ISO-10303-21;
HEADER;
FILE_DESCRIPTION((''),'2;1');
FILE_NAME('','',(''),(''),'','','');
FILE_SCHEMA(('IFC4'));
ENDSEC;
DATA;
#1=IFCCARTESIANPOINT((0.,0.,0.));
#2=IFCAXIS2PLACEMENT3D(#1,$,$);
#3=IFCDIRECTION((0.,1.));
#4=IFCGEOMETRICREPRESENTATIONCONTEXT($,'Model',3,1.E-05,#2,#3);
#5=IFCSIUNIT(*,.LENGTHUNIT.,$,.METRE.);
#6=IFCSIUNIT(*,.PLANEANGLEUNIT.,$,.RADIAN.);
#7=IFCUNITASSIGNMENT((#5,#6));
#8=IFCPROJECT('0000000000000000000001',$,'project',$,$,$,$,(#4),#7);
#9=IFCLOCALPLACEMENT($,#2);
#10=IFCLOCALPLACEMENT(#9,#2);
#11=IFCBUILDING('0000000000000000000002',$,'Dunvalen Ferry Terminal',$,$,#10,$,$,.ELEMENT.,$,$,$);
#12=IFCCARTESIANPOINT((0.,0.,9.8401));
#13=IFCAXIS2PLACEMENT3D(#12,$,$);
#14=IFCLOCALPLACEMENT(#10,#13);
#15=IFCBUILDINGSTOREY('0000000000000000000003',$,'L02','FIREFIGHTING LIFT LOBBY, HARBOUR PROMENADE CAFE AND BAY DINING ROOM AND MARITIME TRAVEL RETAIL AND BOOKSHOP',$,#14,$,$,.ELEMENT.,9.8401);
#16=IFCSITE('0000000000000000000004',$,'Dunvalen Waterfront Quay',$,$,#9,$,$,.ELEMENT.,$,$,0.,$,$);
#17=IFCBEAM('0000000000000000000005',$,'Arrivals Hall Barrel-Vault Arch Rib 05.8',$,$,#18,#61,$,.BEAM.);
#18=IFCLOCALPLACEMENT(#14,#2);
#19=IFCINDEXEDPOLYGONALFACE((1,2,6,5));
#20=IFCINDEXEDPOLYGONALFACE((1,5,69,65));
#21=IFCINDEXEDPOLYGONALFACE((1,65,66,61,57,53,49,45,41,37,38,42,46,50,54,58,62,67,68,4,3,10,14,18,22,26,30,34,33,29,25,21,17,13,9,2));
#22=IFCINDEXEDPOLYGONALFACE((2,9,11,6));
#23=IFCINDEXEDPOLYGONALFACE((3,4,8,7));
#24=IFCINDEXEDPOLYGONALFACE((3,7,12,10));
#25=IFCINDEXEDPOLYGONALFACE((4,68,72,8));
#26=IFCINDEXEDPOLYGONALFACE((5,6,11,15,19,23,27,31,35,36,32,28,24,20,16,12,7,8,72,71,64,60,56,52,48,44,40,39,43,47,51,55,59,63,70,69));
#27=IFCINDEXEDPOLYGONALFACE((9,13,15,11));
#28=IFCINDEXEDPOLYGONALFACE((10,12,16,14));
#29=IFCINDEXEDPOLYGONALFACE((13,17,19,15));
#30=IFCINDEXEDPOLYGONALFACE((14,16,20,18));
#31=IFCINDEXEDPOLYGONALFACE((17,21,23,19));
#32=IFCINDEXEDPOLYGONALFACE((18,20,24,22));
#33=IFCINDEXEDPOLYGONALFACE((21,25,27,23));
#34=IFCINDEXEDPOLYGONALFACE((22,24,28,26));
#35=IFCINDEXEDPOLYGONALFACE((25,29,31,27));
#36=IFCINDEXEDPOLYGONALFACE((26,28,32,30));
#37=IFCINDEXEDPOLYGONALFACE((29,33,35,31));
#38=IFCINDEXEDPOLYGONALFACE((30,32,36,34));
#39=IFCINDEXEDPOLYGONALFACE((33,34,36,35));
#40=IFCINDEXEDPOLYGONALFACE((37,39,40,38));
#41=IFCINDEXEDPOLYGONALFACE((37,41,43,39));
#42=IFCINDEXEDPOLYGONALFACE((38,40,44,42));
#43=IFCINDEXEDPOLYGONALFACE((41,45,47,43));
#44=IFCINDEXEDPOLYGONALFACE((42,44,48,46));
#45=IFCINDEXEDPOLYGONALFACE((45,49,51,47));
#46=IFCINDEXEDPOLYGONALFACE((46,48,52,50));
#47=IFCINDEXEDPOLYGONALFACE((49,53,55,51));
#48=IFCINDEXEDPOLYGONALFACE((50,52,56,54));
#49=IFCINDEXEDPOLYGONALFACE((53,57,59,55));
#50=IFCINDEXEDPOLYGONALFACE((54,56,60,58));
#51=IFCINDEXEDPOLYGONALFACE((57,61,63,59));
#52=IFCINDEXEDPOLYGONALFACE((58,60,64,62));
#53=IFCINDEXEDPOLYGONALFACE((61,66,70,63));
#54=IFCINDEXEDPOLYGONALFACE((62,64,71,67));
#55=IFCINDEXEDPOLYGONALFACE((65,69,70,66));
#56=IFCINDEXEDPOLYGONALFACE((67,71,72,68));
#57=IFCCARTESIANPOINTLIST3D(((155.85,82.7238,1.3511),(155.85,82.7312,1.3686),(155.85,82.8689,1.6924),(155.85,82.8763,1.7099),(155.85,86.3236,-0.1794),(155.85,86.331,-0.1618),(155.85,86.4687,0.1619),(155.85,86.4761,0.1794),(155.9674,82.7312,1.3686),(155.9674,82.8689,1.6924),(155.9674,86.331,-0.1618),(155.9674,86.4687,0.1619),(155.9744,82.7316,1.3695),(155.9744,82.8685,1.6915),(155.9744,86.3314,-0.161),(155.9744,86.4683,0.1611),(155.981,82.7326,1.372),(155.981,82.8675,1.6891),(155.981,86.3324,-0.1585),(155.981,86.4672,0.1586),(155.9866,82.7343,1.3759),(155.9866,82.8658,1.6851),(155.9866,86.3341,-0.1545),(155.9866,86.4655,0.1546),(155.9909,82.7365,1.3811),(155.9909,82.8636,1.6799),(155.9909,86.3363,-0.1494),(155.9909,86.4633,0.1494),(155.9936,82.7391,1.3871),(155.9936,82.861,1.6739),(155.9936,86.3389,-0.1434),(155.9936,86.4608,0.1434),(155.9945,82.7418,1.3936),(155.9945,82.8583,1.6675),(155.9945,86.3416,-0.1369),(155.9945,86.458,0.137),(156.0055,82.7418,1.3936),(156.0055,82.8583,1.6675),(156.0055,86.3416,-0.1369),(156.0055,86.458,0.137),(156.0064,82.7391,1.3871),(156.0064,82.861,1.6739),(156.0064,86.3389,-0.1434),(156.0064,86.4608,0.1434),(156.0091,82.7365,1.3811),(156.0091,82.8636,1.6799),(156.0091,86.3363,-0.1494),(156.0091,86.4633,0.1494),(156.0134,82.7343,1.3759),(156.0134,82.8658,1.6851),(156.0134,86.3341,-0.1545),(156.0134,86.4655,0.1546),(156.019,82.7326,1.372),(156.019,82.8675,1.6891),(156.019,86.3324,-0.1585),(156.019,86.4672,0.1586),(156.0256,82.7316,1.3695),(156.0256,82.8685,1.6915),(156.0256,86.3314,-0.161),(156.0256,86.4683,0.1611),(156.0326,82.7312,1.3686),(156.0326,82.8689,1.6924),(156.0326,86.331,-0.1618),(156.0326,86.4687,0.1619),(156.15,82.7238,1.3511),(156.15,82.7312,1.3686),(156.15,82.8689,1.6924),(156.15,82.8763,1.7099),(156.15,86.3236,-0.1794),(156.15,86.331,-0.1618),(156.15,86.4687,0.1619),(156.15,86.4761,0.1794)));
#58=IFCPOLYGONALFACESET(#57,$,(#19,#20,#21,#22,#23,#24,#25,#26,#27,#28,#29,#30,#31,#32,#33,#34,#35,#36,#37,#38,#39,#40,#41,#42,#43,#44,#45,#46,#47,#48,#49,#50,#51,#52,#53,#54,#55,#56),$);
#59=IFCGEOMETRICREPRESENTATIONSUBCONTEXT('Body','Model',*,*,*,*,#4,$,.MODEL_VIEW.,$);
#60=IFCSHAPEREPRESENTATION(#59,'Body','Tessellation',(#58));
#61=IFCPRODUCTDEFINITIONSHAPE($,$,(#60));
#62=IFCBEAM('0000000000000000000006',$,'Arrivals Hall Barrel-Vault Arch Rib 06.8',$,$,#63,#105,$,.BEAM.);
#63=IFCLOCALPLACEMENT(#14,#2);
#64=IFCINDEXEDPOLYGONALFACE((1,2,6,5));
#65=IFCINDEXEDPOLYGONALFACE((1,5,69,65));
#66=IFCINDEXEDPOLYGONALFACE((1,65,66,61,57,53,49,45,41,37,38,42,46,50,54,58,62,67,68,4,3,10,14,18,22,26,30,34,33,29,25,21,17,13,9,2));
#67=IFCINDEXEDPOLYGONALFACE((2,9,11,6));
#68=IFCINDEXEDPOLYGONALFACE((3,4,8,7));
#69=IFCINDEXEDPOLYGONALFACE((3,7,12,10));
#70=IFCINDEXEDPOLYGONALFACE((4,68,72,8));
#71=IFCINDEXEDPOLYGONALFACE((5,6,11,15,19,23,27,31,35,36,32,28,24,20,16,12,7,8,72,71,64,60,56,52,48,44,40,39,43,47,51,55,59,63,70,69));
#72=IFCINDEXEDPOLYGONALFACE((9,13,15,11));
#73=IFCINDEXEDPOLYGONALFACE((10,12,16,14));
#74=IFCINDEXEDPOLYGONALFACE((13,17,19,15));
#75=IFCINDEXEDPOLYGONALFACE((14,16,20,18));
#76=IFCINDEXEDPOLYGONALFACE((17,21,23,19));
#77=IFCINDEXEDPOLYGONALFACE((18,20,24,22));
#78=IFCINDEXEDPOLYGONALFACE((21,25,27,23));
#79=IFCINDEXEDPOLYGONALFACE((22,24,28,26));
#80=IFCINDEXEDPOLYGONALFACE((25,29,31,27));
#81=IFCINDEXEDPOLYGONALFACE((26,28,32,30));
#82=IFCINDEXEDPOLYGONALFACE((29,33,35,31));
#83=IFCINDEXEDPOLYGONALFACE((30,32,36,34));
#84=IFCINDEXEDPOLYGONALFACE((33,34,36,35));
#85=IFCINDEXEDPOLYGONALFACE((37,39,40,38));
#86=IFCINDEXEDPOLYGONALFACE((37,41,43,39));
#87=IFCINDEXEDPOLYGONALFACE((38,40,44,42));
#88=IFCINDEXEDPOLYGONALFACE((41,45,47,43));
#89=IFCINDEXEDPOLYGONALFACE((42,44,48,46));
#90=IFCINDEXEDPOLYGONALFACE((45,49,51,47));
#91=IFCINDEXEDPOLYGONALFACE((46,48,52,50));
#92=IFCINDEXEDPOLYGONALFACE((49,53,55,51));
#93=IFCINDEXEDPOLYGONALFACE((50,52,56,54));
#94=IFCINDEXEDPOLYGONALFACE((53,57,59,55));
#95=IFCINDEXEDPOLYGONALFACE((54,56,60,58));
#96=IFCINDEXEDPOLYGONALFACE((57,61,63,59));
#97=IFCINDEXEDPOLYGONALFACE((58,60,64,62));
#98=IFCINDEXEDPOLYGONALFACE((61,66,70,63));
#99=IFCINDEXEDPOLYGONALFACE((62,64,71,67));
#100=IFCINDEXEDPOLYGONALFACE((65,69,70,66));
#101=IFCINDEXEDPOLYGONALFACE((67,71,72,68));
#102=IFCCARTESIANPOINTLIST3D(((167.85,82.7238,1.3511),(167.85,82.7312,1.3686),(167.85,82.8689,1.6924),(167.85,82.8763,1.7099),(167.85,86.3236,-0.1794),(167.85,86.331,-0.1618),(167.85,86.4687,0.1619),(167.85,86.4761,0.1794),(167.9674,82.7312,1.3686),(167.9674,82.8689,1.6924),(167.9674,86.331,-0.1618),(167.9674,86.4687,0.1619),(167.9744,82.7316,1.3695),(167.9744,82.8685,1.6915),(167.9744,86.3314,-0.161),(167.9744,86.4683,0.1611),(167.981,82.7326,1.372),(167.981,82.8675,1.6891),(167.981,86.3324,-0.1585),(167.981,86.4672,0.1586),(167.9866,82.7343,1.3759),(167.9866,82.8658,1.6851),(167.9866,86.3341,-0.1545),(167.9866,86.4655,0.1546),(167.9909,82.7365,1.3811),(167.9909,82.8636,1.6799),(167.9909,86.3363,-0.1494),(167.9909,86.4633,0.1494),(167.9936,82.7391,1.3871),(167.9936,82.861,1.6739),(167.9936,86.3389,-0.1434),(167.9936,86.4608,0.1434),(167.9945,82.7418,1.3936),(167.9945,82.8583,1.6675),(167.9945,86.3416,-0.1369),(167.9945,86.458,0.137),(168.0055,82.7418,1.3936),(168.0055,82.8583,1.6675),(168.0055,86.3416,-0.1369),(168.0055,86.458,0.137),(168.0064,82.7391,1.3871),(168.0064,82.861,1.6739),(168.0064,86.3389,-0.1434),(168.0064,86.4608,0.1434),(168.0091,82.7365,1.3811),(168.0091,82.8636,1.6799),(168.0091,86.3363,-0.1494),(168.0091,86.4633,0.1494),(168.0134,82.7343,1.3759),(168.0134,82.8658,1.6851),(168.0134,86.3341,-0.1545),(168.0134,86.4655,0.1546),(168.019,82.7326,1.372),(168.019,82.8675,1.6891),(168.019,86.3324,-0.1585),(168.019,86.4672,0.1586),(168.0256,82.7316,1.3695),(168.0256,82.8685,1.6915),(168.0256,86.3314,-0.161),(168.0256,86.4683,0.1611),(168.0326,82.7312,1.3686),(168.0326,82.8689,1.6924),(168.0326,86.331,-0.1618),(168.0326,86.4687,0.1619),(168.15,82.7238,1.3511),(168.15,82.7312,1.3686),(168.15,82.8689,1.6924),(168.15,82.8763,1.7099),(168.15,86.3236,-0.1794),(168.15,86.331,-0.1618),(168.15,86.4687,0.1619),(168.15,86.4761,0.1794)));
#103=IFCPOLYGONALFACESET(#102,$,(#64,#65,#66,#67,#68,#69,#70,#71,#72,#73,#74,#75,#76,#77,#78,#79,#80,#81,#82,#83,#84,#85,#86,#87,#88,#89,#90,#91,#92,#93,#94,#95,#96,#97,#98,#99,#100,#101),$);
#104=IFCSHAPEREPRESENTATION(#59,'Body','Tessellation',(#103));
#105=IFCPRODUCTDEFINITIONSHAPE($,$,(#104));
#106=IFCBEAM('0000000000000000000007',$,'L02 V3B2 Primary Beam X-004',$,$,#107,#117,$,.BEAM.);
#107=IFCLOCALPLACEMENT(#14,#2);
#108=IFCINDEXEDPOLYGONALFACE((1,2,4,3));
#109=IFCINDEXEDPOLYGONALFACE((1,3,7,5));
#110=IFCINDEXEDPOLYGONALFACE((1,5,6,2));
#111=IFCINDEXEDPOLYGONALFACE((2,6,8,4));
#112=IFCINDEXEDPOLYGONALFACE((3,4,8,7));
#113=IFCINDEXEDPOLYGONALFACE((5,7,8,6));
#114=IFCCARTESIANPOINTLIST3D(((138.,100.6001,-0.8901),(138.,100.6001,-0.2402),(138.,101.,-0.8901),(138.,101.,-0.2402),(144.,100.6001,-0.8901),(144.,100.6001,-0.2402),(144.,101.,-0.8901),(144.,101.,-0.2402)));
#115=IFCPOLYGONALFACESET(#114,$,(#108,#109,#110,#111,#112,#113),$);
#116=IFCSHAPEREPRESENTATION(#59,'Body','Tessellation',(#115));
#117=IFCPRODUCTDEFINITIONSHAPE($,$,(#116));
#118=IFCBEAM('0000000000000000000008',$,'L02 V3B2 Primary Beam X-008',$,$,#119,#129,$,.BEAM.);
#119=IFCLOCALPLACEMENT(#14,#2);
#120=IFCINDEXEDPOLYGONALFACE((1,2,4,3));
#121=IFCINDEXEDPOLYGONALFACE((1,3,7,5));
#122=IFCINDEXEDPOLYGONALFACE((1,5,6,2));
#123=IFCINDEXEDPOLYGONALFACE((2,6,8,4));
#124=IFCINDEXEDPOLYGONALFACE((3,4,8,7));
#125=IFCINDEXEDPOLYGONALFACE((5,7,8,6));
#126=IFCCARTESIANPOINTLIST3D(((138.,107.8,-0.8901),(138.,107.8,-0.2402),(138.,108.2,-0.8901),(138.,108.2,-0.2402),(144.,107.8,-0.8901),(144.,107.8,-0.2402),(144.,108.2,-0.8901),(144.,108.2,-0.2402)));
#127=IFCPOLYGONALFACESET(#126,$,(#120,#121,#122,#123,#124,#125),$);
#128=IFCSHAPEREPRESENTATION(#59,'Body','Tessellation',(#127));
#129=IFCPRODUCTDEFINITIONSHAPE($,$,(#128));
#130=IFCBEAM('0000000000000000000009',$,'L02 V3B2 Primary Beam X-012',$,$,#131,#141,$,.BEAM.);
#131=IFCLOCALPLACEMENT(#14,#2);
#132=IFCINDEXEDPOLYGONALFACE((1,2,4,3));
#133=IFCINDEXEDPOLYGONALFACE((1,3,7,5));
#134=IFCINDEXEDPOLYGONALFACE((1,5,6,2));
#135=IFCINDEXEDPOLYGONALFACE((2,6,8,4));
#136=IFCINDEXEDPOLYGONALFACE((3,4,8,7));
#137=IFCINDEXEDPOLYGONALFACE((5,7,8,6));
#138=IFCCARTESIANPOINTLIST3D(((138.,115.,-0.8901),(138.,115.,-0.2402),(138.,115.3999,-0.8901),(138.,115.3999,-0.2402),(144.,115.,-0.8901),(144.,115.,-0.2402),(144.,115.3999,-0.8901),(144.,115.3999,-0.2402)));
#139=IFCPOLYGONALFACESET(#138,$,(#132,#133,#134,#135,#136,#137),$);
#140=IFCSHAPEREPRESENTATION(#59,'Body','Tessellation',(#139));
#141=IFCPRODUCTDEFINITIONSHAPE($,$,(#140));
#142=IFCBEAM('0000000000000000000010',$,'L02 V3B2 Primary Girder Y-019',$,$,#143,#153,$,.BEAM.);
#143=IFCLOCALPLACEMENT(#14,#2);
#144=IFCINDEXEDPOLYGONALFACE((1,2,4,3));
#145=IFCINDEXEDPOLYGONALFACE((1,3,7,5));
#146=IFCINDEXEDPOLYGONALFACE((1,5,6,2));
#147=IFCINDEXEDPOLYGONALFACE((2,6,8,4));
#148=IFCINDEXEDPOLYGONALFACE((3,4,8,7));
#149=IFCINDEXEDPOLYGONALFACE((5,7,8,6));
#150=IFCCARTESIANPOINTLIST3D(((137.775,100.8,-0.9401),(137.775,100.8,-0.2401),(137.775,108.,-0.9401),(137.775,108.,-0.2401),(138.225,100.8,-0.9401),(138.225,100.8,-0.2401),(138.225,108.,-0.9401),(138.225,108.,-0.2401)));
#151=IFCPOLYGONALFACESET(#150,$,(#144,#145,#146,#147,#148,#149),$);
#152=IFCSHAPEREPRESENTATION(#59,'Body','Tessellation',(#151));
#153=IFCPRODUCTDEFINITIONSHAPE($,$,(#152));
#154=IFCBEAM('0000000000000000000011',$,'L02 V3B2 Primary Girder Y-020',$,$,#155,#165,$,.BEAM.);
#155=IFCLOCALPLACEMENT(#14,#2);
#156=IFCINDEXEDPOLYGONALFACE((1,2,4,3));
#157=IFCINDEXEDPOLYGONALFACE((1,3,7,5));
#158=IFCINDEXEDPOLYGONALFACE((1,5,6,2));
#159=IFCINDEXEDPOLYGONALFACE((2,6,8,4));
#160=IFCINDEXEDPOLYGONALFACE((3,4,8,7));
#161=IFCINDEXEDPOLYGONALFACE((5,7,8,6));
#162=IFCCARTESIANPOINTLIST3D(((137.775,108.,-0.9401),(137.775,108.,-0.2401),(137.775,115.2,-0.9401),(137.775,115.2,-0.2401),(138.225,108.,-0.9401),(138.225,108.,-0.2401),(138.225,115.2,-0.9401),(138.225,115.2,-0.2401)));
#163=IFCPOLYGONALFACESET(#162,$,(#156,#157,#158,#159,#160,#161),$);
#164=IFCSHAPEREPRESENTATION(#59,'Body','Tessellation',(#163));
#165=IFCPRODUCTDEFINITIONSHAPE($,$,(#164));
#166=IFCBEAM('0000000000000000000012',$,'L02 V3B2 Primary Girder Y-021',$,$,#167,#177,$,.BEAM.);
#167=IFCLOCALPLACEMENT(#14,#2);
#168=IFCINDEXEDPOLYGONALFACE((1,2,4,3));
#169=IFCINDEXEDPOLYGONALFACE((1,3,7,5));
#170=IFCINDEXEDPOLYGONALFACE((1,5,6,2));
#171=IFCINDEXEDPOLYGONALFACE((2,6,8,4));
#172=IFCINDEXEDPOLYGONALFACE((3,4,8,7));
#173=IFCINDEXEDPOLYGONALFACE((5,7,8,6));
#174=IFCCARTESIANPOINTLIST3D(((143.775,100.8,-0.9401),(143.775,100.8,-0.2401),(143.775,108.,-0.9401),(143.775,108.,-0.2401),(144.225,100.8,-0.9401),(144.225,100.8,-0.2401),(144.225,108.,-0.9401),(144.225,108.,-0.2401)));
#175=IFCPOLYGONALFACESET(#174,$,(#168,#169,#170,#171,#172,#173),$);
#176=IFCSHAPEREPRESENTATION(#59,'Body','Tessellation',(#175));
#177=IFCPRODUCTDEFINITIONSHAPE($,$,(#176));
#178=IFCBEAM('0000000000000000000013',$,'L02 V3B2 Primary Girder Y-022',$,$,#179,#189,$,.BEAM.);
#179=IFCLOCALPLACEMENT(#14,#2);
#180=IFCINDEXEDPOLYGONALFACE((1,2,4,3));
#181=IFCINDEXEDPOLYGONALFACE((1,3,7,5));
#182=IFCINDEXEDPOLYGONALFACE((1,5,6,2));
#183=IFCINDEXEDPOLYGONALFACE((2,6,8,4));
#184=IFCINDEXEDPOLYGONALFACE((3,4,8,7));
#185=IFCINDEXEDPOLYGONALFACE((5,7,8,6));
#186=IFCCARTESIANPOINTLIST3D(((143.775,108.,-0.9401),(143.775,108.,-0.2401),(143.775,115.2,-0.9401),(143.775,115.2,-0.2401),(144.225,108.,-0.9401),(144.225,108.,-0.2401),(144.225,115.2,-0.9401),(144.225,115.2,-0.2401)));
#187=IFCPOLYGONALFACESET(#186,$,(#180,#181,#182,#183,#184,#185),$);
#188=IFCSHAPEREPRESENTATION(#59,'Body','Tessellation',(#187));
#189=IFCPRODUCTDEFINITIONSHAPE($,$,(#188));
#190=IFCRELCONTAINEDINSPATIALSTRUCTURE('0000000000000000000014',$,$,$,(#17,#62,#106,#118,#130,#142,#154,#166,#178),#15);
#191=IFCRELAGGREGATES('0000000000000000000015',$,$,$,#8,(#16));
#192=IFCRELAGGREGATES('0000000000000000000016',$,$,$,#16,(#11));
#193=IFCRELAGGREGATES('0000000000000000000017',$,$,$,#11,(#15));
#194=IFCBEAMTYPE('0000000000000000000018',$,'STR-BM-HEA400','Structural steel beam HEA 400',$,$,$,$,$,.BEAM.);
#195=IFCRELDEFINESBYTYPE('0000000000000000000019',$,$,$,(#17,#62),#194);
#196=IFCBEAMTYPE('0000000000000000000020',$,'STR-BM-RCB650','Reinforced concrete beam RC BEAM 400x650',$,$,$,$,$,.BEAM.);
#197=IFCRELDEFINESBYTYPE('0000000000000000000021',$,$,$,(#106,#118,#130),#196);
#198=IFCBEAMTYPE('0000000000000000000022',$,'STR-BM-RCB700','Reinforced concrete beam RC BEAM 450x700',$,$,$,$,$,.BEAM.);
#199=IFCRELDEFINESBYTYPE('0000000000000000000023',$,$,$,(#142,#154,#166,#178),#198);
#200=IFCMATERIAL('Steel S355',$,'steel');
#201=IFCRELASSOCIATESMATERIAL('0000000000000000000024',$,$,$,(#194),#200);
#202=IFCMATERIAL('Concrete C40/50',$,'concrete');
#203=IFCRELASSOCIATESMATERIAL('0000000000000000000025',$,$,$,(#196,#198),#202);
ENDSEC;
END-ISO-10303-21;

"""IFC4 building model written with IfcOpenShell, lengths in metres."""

from ifc_helpers import new_model, si_unit, direction, frame, origin, origin_2d, place, context, subcontext, project, spatial, rectangle, i_section, extrude, material, material_profile, profile_set, type_object, element, save


model = new_model("IFC4")

# Units and contexts
model_context = context("Model", 3, precision=1e-05, world=origin(), true_north=direction((0.0, 1.0)))
body_context = subcontext(model_context, "Body", "Model", "MODEL_VIEW")
ifc_project = project(units=[si_unit("LENGTHUNIT", "METRE"), si_unit("PLANEANGLEUNIT", "RADIAN")], contexts=[model_context])

# Site, building, storey
site_placement = place(None, origin())
site = spatial("IfcSite", under=ifc_project, at=site_placement, Name="Dunvalen Waterfront Quay", CompositionType="ELEMENT", RefElevation=0.0)
building_placement = place(site_placement, origin())
building = spatial("IfcBuilding", under=site, at=building_placement, Name="Dunvalen Ferry Terminal", CompositionType="ELEMENT")
storey_placement = place(building_placement, frame((0.0, 0.0, 9.8401)))
storey = spatial("IfcBuildingStorey", under=building, at=storey_placement, Name="L02", Description="FIREFIGHTING LIFT LOBBY, HARBOUR PROMENADE CAFE AND BAY DINING ROOM AND MARITIME TRAVEL RETAIL AND BOOKSHOP", CompositionType="ELEMENT", Elevation=9.8401)

# Beams
ifc_material_1 = material(Name="Steel S355", Category="steel")
ifc_material_profile_1 = material_profile(ifc_material_1, i_section(OverallWidth=0.3, OverallDepth=0.3899, WebThickness=0.011, FlangeThickness=0.019, FilletRadius=0.0271, at=origin_2d()), Name="Steel S355")
ifc_profile_set_1 = profile_set([ifc_material_profile_1], Name="Steel S355")
beam_type_1 = type_object("IfcBeamType", Name="STR-BM-HEA400", Description="Structural steel beam HEA 400", PredefinedType="BEAM", material=ifc_profile_set_1)
for number, where, z_axis, x_axis, name in (
    (1, (156.0, 82.8, 1.5305), (0.0, 0.920278, -0.391266), (-1.0, 0.0, 0.0), "Arrivals Hall Barrel-Vault Arch Rib 05.8"),
    (2, (168.0, 82.8, 1.5305), (0.0, 0.920278, -0.391266), (-1.0, 0.0, 0.0), "Arrivals Hall Barrel-Vault Arch Rib 06.8"),
):
    element("IfcBeam", number, at=place(storey_placement, frame(where, z_axis=z_axis, x_axis=x_axis)), inside=storey, type_object=beam_type_1, Name=name, PredefinedType="BEAM", context=body_context, shape_type="SweptSolid", body=[
        extrude(i_section(OverallWidth=0.3, OverallDepth=0.3899, WebThickness=0.011, FlangeThickness=0.019, FilletRadius=0.0271, at=origin_2d()), origin(), (0.0, 0.0, 1.0), 3.9116),
    ])
ifc_material_2 = material(Name="Concrete C40/50", Category="concrete")
ifc_material_profile_2 = material_profile(ifc_material_2, rectangle(XDim=0.3999, YDim=0.6499, at=origin_2d()), Name="Concrete C40/50")
ifc_profile_set_2 = profile_set([ifc_material_profile_2], Name="Concrete C40/50")
beam_type_2 = type_object("IfcBeamType", Name="STR-BM-RCB650", Description="Reinforced concrete beam RC BEAM 400x650", PredefinedType="BEAM", material=ifc_profile_set_2)
for number, where, z_axis, x_axis, name in (
    (3, (138.0, 100.8, -0.5652), (1.0, 0.0, 0.0), (0.0, 1.0, 0.0), "L02 V3B2 Primary Beam X-004"),
    (4, (138.0, 108.0, -0.5652), (1.0, 0.0, 0.0), (0.0, 1.0, 0.0), "L02 V3B2 Primary Beam X-008"),
    (5, (138.0, 115.2, -0.5652), (1.0, 0.0, 0.0), (0.0, 1.0, 0.0), "L02 V3B2 Primary Beam X-012"),
):
    element("IfcBeam", number, at=place(storey_placement, frame(where, z_axis=z_axis, x_axis=x_axis)), inside=storey, type_object=beam_type_2, Name=name, PredefinedType="BEAM", context=body_context, shape_type="SweptSolid", body=[
        extrude(rectangle(XDim=0.3999, YDim=0.6499, at=origin_2d()), origin(), (0.0, 0.0, 1.0), 6.0),
    ])
ifc_material_profile_3 = material_profile(ifc_material_2, rectangle(XDim=0.45, YDim=0.7, at=origin_2d()), Name="Concrete C40/50")
ifc_profile_set_3 = profile_set([ifc_material_profile_3], Name="Concrete C40/50")
beam_type_3 = type_object("IfcBeamType", Name="STR-BM-RCB700", Description="Reinforced concrete beam RC BEAM 450x700", PredefinedType="BEAM", material=ifc_profile_set_3)
for number, where, z_axis, x_axis, name in (
    (6, (138.0, 100.8, -0.5901), (0.0, 1.0, 0.0), (-1.0, 0.0, 0.0), "L02 V3B2 Primary Girder Y-019"),
    (7, (138.0, 108.0, -0.5901), (0.0, 1.0, 0.0), (-1.0, 0.0, 0.0), "L02 V3B2 Primary Girder Y-020"),
    (8, (144.0, 100.8, -0.5901), (0.0, 1.0, 0.0), (-1.0, 0.0, 0.0), "L02 V3B2 Primary Girder Y-021"),
    (9, (144.0, 108.0, -0.5901), (0.0, 1.0, 0.0), (-1.0, 0.0, 0.0), "L02 V3B2 Primary Girder Y-022"),
):
    element("IfcBeam", number, at=place(storey_placement, frame(where, z_axis=z_axis, x_axis=x_axis)), inside=storey, type_object=beam_type_3, Name=name, PredefinedType="BEAM", context=body_context, shape_type="SweptSolid", body=[
        extrude(rectangle(XDim=0.45, YDim=0.7, at=origin_2d()), origin(), (0.0, 0.0, 1.0), 7.2),
    ])

save(model, "model.ifc")
